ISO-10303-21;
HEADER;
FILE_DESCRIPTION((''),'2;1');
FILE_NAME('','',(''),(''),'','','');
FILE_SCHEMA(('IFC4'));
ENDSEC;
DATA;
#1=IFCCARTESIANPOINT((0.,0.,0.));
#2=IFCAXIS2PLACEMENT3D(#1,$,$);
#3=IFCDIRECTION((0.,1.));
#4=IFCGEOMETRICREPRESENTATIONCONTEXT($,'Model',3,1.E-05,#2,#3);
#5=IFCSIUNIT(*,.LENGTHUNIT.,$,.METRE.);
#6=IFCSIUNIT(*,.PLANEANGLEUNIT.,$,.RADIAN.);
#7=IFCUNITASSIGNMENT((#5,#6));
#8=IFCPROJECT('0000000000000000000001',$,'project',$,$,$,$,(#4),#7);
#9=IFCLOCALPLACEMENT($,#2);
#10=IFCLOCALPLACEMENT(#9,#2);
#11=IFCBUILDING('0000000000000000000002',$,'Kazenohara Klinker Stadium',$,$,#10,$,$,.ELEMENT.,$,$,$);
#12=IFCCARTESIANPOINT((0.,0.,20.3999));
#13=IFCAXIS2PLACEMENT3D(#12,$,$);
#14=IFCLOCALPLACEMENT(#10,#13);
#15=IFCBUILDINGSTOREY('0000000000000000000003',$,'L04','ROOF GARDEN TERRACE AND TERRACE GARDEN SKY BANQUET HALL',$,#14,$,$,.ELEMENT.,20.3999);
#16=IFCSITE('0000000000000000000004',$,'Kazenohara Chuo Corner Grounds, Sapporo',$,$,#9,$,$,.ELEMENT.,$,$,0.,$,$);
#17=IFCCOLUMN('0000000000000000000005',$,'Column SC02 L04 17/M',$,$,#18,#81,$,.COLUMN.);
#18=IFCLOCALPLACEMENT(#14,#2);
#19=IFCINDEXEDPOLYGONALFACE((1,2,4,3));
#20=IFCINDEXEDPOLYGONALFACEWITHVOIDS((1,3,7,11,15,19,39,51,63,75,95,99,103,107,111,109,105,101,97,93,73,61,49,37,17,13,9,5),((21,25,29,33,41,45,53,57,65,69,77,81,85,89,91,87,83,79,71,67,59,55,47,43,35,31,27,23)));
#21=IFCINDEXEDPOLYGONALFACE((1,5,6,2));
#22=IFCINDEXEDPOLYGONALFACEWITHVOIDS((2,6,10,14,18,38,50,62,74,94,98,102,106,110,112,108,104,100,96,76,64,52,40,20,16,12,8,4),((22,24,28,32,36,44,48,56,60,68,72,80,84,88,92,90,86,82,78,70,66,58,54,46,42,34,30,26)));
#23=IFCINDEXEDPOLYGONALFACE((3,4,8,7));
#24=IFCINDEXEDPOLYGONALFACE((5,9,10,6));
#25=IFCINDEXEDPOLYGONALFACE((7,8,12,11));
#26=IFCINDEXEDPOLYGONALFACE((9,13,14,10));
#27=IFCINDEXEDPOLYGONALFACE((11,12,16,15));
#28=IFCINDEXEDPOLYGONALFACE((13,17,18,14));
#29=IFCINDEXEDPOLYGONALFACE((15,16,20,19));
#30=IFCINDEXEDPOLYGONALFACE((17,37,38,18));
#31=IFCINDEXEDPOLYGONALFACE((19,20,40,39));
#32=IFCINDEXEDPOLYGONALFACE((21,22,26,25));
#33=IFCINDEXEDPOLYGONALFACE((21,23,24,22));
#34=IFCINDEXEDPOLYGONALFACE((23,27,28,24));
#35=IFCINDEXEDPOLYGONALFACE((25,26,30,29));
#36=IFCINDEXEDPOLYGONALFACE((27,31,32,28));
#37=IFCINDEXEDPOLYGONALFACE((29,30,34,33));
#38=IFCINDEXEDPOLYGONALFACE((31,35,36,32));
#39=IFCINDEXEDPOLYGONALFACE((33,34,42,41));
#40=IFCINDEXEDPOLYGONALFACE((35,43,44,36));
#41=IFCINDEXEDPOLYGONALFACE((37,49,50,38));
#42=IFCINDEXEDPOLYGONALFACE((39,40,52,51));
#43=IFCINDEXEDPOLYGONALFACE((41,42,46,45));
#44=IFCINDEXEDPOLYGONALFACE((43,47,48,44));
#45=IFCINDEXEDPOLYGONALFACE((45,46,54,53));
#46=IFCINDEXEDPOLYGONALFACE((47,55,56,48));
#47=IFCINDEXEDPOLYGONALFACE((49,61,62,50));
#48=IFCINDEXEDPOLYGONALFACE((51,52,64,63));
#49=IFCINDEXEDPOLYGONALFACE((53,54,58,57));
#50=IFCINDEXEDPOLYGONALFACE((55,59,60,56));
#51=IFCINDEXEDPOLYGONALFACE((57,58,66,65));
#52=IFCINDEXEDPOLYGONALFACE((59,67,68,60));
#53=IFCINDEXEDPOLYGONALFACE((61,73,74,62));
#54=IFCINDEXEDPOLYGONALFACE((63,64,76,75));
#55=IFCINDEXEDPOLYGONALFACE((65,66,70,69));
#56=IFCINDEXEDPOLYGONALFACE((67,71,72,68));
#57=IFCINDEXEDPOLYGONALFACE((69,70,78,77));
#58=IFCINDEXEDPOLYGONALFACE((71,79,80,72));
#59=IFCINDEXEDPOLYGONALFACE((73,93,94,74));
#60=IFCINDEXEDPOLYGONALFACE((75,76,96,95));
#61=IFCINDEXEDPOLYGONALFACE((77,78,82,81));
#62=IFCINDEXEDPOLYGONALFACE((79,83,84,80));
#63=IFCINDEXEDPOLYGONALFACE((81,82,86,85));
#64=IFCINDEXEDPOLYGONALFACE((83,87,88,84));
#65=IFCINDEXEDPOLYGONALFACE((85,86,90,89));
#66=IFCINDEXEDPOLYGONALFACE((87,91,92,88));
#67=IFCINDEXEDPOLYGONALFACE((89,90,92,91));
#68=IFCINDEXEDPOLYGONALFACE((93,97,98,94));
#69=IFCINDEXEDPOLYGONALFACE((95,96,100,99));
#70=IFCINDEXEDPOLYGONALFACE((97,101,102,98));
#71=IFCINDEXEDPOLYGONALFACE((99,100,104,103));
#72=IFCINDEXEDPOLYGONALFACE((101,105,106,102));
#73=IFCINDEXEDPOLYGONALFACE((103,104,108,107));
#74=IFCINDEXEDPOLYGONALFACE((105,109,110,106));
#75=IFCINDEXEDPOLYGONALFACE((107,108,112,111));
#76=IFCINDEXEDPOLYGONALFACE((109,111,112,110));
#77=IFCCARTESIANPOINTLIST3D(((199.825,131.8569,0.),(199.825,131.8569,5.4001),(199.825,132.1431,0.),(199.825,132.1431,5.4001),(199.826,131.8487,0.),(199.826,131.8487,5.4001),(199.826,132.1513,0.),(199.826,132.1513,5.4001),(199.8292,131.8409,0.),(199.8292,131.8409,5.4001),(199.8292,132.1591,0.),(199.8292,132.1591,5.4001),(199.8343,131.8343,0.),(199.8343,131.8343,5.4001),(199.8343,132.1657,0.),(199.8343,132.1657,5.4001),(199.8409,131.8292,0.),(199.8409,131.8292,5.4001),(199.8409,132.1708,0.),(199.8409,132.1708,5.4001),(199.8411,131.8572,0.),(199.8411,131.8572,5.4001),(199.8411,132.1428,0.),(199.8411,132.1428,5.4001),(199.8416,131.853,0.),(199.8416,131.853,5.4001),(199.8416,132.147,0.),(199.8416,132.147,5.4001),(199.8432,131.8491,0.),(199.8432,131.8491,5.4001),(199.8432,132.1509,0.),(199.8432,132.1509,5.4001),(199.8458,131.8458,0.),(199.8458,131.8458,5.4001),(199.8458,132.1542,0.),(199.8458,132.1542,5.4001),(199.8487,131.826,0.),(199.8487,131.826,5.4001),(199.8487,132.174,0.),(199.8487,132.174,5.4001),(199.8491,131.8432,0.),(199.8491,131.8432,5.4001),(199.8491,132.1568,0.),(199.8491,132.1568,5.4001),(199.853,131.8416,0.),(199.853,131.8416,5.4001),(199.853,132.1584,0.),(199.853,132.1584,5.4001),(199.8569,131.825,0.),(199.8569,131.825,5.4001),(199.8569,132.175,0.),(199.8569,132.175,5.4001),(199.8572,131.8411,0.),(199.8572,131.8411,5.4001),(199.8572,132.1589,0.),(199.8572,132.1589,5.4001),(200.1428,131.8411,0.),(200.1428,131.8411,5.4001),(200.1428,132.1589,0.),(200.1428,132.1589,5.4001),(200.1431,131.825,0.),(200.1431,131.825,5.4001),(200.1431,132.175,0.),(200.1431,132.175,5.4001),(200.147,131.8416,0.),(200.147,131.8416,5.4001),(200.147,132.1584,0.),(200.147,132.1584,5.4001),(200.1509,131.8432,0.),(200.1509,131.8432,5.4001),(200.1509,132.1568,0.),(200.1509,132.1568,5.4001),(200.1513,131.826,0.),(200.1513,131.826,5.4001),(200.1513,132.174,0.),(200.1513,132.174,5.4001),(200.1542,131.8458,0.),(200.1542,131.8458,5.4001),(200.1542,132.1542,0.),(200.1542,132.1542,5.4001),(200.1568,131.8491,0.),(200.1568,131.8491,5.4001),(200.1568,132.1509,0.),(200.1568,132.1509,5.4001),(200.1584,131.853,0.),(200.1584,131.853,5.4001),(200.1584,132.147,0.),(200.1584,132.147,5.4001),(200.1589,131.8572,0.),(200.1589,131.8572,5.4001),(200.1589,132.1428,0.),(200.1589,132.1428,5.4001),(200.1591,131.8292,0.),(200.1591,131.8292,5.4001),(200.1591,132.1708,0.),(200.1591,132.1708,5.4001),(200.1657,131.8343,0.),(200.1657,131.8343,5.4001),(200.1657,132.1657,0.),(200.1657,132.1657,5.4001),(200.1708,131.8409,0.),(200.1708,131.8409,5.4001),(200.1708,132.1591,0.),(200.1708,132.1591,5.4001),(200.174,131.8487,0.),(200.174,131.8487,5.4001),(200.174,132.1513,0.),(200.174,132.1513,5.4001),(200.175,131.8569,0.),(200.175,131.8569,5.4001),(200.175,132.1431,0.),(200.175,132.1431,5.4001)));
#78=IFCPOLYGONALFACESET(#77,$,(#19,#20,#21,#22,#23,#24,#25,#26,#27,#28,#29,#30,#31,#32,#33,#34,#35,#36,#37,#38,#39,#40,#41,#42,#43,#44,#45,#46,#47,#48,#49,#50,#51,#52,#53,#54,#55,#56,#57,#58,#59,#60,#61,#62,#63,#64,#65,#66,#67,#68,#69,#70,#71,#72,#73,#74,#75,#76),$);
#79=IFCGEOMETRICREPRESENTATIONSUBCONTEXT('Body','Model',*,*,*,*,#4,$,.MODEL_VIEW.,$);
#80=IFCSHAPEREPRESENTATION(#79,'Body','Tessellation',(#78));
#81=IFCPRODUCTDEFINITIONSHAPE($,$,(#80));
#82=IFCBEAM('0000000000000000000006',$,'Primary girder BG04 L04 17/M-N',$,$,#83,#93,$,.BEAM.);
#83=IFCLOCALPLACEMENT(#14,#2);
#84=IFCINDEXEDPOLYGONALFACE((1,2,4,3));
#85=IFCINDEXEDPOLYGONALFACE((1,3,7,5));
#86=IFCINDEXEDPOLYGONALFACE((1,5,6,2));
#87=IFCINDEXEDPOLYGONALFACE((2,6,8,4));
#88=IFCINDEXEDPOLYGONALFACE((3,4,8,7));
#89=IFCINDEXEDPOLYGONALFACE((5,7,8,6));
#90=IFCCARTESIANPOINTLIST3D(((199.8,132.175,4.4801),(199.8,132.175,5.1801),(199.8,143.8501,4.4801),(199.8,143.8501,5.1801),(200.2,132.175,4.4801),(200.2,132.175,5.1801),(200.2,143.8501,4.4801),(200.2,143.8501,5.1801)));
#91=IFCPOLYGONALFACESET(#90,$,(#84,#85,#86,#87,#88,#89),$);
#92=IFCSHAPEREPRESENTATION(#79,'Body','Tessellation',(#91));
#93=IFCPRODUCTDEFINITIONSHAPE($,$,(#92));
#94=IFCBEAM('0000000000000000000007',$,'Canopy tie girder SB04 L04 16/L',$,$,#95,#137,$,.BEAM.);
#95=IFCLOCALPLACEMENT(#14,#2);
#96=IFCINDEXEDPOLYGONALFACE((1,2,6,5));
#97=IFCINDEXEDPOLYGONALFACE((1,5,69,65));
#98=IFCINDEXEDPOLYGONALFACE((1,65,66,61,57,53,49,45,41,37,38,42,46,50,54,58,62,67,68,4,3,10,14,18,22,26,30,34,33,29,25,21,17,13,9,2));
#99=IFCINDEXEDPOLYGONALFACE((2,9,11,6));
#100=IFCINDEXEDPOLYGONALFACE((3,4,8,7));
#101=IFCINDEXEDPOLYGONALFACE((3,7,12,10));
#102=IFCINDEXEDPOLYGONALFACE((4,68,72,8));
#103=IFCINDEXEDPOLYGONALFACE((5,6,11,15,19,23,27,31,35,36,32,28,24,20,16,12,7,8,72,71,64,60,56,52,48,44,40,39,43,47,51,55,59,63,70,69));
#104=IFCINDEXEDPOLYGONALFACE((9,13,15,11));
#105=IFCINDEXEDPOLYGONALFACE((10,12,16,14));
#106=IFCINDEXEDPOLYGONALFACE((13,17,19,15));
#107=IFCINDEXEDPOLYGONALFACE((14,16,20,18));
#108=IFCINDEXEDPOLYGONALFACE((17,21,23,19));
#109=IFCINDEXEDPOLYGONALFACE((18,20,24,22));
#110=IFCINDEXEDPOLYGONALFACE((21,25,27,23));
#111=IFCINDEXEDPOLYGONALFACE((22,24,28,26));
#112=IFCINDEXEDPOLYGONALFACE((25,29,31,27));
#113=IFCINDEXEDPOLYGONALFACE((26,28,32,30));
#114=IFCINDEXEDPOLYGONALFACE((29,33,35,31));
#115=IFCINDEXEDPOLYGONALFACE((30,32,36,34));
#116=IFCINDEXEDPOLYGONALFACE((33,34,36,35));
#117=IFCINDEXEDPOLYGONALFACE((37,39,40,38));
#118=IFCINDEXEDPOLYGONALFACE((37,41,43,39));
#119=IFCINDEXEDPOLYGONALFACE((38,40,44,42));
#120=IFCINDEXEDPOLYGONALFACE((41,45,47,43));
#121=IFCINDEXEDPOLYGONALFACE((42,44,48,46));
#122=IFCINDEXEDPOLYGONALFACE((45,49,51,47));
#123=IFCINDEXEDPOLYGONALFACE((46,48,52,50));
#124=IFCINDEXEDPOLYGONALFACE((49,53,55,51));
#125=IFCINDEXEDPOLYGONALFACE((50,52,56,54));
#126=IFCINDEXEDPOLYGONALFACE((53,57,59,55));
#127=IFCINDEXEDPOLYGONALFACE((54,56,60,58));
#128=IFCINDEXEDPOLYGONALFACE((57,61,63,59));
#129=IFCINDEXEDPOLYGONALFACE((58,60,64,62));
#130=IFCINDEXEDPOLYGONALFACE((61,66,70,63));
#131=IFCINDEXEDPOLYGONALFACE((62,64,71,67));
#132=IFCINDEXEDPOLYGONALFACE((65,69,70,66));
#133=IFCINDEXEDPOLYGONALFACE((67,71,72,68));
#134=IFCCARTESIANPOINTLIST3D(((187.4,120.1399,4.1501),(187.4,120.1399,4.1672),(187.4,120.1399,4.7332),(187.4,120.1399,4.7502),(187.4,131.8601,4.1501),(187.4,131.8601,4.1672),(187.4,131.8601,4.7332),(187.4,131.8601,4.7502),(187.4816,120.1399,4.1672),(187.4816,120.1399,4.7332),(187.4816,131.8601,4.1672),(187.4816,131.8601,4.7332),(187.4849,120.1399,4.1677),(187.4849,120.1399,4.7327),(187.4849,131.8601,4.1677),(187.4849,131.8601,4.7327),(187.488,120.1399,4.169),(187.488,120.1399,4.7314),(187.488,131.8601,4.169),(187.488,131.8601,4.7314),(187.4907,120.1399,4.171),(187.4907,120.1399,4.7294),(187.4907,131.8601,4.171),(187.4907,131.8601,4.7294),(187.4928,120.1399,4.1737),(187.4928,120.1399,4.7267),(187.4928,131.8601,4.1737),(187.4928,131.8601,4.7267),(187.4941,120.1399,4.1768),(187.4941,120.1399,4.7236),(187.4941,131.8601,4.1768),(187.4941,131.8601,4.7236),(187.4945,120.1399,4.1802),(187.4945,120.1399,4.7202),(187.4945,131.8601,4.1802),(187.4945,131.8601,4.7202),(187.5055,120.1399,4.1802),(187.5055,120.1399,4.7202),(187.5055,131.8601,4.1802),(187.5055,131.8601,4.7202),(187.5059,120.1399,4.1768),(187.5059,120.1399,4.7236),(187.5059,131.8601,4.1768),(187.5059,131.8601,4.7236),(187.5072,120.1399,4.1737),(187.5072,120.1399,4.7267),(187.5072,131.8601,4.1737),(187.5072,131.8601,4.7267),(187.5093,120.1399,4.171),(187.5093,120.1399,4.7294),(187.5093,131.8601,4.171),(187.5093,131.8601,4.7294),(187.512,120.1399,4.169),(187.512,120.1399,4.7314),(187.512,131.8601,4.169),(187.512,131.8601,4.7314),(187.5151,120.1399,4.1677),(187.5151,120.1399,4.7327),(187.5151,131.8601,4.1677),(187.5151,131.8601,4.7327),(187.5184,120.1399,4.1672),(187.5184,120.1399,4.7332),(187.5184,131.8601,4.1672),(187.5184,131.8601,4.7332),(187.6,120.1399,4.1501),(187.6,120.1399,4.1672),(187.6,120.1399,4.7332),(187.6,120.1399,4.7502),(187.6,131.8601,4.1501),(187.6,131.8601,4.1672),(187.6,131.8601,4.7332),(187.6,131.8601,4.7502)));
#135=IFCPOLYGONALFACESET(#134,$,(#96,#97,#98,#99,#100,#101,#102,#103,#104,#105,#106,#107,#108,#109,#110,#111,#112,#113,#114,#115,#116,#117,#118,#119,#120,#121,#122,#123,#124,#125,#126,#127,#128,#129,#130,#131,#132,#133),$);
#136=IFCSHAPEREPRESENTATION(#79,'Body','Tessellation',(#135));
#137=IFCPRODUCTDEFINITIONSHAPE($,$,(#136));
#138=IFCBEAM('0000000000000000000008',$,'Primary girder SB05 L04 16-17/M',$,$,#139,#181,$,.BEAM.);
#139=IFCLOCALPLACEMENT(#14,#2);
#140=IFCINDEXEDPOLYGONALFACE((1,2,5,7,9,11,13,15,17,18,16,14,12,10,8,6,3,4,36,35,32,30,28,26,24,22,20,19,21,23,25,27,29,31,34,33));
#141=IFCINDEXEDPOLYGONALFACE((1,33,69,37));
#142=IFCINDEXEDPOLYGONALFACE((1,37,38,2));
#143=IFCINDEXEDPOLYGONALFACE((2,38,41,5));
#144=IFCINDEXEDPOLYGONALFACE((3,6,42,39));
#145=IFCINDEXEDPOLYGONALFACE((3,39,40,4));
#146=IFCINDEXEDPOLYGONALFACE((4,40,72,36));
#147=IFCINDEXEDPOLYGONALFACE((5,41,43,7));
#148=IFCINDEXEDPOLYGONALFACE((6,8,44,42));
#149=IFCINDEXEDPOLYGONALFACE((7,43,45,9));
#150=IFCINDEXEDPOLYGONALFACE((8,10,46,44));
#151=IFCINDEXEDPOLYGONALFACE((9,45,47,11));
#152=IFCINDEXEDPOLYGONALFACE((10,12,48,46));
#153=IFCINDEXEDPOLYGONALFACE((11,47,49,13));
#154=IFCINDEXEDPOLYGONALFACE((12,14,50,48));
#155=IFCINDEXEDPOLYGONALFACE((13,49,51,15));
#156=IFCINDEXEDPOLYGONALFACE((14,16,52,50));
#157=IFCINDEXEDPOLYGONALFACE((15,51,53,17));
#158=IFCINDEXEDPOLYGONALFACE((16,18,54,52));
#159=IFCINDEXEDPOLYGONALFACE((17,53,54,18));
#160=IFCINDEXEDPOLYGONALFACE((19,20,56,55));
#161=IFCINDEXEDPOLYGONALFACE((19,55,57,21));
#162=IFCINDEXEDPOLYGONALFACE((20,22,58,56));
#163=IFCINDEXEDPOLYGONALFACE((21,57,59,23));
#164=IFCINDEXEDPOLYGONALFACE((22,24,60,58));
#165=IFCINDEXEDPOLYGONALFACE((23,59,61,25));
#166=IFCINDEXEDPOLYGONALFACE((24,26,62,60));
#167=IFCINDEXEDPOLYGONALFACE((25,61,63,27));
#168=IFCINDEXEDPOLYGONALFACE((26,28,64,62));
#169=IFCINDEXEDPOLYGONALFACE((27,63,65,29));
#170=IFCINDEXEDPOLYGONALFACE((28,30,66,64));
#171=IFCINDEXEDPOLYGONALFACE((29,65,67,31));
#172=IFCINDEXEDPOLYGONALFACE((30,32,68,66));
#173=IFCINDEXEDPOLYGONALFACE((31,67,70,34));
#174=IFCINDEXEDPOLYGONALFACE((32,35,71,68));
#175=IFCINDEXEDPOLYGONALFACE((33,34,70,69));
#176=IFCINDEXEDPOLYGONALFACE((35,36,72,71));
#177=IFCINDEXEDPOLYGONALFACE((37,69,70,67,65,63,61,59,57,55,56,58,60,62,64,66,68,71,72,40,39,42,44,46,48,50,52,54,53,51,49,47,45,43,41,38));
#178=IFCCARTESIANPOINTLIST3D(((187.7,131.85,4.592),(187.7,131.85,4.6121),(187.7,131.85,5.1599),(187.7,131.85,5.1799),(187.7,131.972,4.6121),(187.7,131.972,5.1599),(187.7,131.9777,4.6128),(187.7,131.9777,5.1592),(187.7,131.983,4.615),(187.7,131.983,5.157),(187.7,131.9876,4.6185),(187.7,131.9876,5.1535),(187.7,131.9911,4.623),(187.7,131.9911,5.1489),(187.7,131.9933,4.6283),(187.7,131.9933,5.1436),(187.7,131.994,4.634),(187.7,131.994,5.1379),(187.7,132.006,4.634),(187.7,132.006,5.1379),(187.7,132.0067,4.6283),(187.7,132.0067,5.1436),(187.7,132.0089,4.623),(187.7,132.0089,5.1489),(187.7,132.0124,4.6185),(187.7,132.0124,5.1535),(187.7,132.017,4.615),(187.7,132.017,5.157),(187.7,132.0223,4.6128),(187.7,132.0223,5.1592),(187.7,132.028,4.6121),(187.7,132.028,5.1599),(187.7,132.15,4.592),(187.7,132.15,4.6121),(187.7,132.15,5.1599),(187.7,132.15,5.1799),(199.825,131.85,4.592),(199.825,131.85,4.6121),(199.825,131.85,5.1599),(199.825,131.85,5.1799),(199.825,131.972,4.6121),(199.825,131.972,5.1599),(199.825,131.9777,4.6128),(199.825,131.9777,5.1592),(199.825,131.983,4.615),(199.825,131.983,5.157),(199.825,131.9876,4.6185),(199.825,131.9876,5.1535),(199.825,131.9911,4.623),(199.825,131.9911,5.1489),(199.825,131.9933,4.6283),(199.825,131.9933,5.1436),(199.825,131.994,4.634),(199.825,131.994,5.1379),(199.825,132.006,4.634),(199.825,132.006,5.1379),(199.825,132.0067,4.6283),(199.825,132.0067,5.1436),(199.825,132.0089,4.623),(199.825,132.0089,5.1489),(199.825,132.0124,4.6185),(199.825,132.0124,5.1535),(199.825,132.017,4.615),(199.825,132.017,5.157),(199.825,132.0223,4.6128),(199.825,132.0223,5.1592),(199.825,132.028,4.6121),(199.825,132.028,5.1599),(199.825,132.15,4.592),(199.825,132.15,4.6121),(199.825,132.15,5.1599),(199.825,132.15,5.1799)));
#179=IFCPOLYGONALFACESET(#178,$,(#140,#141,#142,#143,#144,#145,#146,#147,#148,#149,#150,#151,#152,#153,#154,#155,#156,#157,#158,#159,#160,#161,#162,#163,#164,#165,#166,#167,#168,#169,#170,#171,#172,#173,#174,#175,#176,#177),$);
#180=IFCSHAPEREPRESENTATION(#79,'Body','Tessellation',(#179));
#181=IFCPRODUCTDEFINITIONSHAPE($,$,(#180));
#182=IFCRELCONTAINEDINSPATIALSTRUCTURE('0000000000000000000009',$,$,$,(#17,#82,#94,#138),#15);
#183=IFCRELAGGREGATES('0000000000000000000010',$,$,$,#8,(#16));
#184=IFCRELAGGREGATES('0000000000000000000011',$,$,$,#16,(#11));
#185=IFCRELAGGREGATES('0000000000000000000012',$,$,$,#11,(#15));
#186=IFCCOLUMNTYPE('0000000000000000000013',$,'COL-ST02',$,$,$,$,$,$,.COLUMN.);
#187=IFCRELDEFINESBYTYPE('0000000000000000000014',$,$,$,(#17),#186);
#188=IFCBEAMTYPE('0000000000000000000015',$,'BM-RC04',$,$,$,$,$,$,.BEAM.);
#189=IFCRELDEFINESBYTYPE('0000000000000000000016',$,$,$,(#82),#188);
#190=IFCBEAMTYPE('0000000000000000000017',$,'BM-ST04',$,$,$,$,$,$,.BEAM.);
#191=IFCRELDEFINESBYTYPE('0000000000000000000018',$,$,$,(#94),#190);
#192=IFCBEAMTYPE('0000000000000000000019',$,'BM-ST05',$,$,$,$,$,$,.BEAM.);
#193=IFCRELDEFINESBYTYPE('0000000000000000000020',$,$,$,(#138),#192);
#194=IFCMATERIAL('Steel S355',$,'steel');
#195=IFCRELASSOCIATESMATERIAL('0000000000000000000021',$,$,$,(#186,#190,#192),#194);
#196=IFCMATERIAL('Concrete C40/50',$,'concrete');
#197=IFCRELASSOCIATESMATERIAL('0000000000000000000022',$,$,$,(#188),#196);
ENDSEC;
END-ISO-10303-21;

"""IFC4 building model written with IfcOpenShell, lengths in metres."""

from ifc_helpers import new_model, si_unit, direction, frame, origin, origin_2d, place, context, subcontext, project, spatial, rectangle, hollow_rectangle, i_section, extrude, material, material_profile, profile_set, type_object, element, save


model = new_model("IFC4")

# Units and contexts
model_context = context("Model", 3, precision=1e-05, world=origin(), true_north=direction((0.0, 1.0)))
body_context = subcontext(model_context, "Body", "Model", "MODEL_VIEW")
ifc_project = project(units=[si_unit("LENGTHUNIT", "METRE"), si_unit("PLANEANGLEUNIT", "RADIAN")], contexts=[model_context])

# Site, building, storey
site_placement = place(None, origin())
site = spatial("IfcSite", under=ifc_project, at=site_placement, Name="Kazenohara Chuo Corner Grounds, Sapporo", CompositionType="ELEMENT", RefElevation=0.0)
building_placement = place(site_placement, origin())
building = spatial("IfcBuilding", under=site, at=building_placement, Name="Kazenohara Klinker Stadium", CompositionType="ELEMENT")
storey_placement = place(building_placement, frame((0.0, 0.0, 20.3999)))
storey = spatial("IfcBuildingStorey", under=building, at=storey_placement, Name="L04", Description="ROOF GARDEN TERRACE AND TERRACE GARDEN SKY BANQUET HALL", CompositionType="ELEMENT", Elevation=20.3999)

# Column
ifc_material_1 = material(Name="Steel S355", Category="steel")
ifc_material_profile_1 = material_profile(ifc_material_1, hollow_rectangle(XDim=0.3501, YDim=0.3501, WallThickness=0.0161, InnerFilletRadius=0.0161, OuterFilletRadius=0.032, at=origin_2d()), Name="SHS-350x350x16")
ifc_profile_set_1 = profile_set([ifc_material_profile_1], Name="Steel S355")
column_type_1 = type_object("IfcColumnType", Name="COL-ST02", PredefinedType="COLUMN", material=ifc_profile_set_1)
for number, where, z_axis, x_axis, name in (
    (1, (200.0, 132.0, 0.0), (0.0, 0.0, 1.0), (1.0, 0.0, 0.0), "Column SC02 L04 17/M"),
):
    element("IfcColumn", number, at=place(storey_placement, frame(where, z_axis=z_axis, x_axis=x_axis)), inside=storey, type_object=column_type_1, Name=name, PredefinedType="COLUMN", context=body_context, shape_type="SweptSolid", body=[
        extrude(hollow_rectangle(XDim=0.3501, YDim=0.3501, WallThickness=0.0161, InnerFilletRadius=0.0161, OuterFilletRadius=0.032, at=origin_2d()), origin(), (0.0, 0.0, 1.0), 5.4001),
    ])

# Beams
ifc_material_2 = material(Name="Concrete C40/50", Category="concrete")
ifc_material_profile_2 = material_profile(ifc_material_2, rectangle(XDim=0.3999, YDim=0.7, at=origin_2d()), Name="RC-BM-400x700")
ifc_profile_set_2 = profile_set([ifc_material_profile_2], Name="Concrete C40/50")
beam_type_1 = type_object("IfcBeamType", Name="BM-RC04", PredefinedType="BEAM", material=ifc_profile_set_2)
beam_1_placement = place(storey_placement, frame((200.0, 132.175, 4.8301), z_axis=(0.0, 1.0, 0.0), x_axis=(-1.0, 0.0, 0.0)))
element("IfcBeam", 2, at=beam_1_placement, inside=storey, type_object=beam_type_1, Name="Primary girder BG04 L04 17/M-N", PredefinedType="BEAM", context=body_context, shape_type="SweptSolid", body=[
    extrude(rectangle(XDim=0.3999, YDim=0.7, at=origin_2d()), origin(), (0.0, 0.0, 1.0), 11.675),
])
ifc_material_profile_3 = material_profile(ifc_material_1, i_section(OverallWidth=0.2, OverallDepth=0.6001, WebThickness=0.011, FlangeThickness=0.0171, FilletRadius=0.0129, at=origin_2d()), Name="H-600x200x11x17")
ifc_profile_set_3 = profile_set([ifc_material_profile_3], Name="Steel S355")
beam_type_2 = type_object("IfcBeamType", Name="BM-ST04", PredefinedType="BEAM", material=ifc_profile_set_3)
beam_2_placement = place(storey_placement, frame((187.5, 120.1399, 4.4502), z_axis=(0.0, 1.0, 0.0), x_axis=(-1.0, 0.0, 0.0)))
element("IfcBeam", 3, at=beam_2_placement, inside=storey, type_object=beam_type_2, Name="Canopy tie girder SB04 L04 16/L", PredefinedType="BEAM", context=body_context, shape_type="SweptSolid", body=[
    extrude(i_section(OverallWidth=0.2, OverallDepth=0.6001, WebThickness=0.011, FlangeThickness=0.0171, FilletRadius=0.0129, at=origin_2d()), origin(), (0.0, 0.0, 1.0), 11.7202),
])
ifc_material_profile_4 = material_profile(ifc_material_1, i_section(OverallWidth=0.3, OverallDepth=0.5879, WebThickness=0.012, FlangeThickness=0.02, FilletRadius=0.022, at=origin_2d()), Name="H-588x300x12x20")
ifc_profile_set_4 = profile_set([ifc_material_profile_4], Name="Steel S355")
beam_type_3 = type_object("IfcBeamType", Name="BM-ST05", PredefinedType="BEAM", material=ifc_profile_set_4)
beam_3_placement = place(storey_placement, frame((187.7, 132.0, 4.886), z_axis=(1.0, 0.0, 0.0), x_axis=(0.0, 1.0, 0.0)))
element("IfcBeam", 4, at=beam_3_placement, inside=storey, type_object=beam_type_3, Name="Primary girder SB05 L04 16-17/M", PredefinedType="BEAM", context=body_context, shape_type="SweptSolid", body=[
    extrude(i_section(OverallWidth=0.3, OverallDepth=0.5879, WebThickness=0.012, FlangeThickness=0.02, FilletRadius=0.022, at=origin_2d()), origin(), (0.0, 0.0, 1.0), 12.125),
])

save(model, "model.ifc")
